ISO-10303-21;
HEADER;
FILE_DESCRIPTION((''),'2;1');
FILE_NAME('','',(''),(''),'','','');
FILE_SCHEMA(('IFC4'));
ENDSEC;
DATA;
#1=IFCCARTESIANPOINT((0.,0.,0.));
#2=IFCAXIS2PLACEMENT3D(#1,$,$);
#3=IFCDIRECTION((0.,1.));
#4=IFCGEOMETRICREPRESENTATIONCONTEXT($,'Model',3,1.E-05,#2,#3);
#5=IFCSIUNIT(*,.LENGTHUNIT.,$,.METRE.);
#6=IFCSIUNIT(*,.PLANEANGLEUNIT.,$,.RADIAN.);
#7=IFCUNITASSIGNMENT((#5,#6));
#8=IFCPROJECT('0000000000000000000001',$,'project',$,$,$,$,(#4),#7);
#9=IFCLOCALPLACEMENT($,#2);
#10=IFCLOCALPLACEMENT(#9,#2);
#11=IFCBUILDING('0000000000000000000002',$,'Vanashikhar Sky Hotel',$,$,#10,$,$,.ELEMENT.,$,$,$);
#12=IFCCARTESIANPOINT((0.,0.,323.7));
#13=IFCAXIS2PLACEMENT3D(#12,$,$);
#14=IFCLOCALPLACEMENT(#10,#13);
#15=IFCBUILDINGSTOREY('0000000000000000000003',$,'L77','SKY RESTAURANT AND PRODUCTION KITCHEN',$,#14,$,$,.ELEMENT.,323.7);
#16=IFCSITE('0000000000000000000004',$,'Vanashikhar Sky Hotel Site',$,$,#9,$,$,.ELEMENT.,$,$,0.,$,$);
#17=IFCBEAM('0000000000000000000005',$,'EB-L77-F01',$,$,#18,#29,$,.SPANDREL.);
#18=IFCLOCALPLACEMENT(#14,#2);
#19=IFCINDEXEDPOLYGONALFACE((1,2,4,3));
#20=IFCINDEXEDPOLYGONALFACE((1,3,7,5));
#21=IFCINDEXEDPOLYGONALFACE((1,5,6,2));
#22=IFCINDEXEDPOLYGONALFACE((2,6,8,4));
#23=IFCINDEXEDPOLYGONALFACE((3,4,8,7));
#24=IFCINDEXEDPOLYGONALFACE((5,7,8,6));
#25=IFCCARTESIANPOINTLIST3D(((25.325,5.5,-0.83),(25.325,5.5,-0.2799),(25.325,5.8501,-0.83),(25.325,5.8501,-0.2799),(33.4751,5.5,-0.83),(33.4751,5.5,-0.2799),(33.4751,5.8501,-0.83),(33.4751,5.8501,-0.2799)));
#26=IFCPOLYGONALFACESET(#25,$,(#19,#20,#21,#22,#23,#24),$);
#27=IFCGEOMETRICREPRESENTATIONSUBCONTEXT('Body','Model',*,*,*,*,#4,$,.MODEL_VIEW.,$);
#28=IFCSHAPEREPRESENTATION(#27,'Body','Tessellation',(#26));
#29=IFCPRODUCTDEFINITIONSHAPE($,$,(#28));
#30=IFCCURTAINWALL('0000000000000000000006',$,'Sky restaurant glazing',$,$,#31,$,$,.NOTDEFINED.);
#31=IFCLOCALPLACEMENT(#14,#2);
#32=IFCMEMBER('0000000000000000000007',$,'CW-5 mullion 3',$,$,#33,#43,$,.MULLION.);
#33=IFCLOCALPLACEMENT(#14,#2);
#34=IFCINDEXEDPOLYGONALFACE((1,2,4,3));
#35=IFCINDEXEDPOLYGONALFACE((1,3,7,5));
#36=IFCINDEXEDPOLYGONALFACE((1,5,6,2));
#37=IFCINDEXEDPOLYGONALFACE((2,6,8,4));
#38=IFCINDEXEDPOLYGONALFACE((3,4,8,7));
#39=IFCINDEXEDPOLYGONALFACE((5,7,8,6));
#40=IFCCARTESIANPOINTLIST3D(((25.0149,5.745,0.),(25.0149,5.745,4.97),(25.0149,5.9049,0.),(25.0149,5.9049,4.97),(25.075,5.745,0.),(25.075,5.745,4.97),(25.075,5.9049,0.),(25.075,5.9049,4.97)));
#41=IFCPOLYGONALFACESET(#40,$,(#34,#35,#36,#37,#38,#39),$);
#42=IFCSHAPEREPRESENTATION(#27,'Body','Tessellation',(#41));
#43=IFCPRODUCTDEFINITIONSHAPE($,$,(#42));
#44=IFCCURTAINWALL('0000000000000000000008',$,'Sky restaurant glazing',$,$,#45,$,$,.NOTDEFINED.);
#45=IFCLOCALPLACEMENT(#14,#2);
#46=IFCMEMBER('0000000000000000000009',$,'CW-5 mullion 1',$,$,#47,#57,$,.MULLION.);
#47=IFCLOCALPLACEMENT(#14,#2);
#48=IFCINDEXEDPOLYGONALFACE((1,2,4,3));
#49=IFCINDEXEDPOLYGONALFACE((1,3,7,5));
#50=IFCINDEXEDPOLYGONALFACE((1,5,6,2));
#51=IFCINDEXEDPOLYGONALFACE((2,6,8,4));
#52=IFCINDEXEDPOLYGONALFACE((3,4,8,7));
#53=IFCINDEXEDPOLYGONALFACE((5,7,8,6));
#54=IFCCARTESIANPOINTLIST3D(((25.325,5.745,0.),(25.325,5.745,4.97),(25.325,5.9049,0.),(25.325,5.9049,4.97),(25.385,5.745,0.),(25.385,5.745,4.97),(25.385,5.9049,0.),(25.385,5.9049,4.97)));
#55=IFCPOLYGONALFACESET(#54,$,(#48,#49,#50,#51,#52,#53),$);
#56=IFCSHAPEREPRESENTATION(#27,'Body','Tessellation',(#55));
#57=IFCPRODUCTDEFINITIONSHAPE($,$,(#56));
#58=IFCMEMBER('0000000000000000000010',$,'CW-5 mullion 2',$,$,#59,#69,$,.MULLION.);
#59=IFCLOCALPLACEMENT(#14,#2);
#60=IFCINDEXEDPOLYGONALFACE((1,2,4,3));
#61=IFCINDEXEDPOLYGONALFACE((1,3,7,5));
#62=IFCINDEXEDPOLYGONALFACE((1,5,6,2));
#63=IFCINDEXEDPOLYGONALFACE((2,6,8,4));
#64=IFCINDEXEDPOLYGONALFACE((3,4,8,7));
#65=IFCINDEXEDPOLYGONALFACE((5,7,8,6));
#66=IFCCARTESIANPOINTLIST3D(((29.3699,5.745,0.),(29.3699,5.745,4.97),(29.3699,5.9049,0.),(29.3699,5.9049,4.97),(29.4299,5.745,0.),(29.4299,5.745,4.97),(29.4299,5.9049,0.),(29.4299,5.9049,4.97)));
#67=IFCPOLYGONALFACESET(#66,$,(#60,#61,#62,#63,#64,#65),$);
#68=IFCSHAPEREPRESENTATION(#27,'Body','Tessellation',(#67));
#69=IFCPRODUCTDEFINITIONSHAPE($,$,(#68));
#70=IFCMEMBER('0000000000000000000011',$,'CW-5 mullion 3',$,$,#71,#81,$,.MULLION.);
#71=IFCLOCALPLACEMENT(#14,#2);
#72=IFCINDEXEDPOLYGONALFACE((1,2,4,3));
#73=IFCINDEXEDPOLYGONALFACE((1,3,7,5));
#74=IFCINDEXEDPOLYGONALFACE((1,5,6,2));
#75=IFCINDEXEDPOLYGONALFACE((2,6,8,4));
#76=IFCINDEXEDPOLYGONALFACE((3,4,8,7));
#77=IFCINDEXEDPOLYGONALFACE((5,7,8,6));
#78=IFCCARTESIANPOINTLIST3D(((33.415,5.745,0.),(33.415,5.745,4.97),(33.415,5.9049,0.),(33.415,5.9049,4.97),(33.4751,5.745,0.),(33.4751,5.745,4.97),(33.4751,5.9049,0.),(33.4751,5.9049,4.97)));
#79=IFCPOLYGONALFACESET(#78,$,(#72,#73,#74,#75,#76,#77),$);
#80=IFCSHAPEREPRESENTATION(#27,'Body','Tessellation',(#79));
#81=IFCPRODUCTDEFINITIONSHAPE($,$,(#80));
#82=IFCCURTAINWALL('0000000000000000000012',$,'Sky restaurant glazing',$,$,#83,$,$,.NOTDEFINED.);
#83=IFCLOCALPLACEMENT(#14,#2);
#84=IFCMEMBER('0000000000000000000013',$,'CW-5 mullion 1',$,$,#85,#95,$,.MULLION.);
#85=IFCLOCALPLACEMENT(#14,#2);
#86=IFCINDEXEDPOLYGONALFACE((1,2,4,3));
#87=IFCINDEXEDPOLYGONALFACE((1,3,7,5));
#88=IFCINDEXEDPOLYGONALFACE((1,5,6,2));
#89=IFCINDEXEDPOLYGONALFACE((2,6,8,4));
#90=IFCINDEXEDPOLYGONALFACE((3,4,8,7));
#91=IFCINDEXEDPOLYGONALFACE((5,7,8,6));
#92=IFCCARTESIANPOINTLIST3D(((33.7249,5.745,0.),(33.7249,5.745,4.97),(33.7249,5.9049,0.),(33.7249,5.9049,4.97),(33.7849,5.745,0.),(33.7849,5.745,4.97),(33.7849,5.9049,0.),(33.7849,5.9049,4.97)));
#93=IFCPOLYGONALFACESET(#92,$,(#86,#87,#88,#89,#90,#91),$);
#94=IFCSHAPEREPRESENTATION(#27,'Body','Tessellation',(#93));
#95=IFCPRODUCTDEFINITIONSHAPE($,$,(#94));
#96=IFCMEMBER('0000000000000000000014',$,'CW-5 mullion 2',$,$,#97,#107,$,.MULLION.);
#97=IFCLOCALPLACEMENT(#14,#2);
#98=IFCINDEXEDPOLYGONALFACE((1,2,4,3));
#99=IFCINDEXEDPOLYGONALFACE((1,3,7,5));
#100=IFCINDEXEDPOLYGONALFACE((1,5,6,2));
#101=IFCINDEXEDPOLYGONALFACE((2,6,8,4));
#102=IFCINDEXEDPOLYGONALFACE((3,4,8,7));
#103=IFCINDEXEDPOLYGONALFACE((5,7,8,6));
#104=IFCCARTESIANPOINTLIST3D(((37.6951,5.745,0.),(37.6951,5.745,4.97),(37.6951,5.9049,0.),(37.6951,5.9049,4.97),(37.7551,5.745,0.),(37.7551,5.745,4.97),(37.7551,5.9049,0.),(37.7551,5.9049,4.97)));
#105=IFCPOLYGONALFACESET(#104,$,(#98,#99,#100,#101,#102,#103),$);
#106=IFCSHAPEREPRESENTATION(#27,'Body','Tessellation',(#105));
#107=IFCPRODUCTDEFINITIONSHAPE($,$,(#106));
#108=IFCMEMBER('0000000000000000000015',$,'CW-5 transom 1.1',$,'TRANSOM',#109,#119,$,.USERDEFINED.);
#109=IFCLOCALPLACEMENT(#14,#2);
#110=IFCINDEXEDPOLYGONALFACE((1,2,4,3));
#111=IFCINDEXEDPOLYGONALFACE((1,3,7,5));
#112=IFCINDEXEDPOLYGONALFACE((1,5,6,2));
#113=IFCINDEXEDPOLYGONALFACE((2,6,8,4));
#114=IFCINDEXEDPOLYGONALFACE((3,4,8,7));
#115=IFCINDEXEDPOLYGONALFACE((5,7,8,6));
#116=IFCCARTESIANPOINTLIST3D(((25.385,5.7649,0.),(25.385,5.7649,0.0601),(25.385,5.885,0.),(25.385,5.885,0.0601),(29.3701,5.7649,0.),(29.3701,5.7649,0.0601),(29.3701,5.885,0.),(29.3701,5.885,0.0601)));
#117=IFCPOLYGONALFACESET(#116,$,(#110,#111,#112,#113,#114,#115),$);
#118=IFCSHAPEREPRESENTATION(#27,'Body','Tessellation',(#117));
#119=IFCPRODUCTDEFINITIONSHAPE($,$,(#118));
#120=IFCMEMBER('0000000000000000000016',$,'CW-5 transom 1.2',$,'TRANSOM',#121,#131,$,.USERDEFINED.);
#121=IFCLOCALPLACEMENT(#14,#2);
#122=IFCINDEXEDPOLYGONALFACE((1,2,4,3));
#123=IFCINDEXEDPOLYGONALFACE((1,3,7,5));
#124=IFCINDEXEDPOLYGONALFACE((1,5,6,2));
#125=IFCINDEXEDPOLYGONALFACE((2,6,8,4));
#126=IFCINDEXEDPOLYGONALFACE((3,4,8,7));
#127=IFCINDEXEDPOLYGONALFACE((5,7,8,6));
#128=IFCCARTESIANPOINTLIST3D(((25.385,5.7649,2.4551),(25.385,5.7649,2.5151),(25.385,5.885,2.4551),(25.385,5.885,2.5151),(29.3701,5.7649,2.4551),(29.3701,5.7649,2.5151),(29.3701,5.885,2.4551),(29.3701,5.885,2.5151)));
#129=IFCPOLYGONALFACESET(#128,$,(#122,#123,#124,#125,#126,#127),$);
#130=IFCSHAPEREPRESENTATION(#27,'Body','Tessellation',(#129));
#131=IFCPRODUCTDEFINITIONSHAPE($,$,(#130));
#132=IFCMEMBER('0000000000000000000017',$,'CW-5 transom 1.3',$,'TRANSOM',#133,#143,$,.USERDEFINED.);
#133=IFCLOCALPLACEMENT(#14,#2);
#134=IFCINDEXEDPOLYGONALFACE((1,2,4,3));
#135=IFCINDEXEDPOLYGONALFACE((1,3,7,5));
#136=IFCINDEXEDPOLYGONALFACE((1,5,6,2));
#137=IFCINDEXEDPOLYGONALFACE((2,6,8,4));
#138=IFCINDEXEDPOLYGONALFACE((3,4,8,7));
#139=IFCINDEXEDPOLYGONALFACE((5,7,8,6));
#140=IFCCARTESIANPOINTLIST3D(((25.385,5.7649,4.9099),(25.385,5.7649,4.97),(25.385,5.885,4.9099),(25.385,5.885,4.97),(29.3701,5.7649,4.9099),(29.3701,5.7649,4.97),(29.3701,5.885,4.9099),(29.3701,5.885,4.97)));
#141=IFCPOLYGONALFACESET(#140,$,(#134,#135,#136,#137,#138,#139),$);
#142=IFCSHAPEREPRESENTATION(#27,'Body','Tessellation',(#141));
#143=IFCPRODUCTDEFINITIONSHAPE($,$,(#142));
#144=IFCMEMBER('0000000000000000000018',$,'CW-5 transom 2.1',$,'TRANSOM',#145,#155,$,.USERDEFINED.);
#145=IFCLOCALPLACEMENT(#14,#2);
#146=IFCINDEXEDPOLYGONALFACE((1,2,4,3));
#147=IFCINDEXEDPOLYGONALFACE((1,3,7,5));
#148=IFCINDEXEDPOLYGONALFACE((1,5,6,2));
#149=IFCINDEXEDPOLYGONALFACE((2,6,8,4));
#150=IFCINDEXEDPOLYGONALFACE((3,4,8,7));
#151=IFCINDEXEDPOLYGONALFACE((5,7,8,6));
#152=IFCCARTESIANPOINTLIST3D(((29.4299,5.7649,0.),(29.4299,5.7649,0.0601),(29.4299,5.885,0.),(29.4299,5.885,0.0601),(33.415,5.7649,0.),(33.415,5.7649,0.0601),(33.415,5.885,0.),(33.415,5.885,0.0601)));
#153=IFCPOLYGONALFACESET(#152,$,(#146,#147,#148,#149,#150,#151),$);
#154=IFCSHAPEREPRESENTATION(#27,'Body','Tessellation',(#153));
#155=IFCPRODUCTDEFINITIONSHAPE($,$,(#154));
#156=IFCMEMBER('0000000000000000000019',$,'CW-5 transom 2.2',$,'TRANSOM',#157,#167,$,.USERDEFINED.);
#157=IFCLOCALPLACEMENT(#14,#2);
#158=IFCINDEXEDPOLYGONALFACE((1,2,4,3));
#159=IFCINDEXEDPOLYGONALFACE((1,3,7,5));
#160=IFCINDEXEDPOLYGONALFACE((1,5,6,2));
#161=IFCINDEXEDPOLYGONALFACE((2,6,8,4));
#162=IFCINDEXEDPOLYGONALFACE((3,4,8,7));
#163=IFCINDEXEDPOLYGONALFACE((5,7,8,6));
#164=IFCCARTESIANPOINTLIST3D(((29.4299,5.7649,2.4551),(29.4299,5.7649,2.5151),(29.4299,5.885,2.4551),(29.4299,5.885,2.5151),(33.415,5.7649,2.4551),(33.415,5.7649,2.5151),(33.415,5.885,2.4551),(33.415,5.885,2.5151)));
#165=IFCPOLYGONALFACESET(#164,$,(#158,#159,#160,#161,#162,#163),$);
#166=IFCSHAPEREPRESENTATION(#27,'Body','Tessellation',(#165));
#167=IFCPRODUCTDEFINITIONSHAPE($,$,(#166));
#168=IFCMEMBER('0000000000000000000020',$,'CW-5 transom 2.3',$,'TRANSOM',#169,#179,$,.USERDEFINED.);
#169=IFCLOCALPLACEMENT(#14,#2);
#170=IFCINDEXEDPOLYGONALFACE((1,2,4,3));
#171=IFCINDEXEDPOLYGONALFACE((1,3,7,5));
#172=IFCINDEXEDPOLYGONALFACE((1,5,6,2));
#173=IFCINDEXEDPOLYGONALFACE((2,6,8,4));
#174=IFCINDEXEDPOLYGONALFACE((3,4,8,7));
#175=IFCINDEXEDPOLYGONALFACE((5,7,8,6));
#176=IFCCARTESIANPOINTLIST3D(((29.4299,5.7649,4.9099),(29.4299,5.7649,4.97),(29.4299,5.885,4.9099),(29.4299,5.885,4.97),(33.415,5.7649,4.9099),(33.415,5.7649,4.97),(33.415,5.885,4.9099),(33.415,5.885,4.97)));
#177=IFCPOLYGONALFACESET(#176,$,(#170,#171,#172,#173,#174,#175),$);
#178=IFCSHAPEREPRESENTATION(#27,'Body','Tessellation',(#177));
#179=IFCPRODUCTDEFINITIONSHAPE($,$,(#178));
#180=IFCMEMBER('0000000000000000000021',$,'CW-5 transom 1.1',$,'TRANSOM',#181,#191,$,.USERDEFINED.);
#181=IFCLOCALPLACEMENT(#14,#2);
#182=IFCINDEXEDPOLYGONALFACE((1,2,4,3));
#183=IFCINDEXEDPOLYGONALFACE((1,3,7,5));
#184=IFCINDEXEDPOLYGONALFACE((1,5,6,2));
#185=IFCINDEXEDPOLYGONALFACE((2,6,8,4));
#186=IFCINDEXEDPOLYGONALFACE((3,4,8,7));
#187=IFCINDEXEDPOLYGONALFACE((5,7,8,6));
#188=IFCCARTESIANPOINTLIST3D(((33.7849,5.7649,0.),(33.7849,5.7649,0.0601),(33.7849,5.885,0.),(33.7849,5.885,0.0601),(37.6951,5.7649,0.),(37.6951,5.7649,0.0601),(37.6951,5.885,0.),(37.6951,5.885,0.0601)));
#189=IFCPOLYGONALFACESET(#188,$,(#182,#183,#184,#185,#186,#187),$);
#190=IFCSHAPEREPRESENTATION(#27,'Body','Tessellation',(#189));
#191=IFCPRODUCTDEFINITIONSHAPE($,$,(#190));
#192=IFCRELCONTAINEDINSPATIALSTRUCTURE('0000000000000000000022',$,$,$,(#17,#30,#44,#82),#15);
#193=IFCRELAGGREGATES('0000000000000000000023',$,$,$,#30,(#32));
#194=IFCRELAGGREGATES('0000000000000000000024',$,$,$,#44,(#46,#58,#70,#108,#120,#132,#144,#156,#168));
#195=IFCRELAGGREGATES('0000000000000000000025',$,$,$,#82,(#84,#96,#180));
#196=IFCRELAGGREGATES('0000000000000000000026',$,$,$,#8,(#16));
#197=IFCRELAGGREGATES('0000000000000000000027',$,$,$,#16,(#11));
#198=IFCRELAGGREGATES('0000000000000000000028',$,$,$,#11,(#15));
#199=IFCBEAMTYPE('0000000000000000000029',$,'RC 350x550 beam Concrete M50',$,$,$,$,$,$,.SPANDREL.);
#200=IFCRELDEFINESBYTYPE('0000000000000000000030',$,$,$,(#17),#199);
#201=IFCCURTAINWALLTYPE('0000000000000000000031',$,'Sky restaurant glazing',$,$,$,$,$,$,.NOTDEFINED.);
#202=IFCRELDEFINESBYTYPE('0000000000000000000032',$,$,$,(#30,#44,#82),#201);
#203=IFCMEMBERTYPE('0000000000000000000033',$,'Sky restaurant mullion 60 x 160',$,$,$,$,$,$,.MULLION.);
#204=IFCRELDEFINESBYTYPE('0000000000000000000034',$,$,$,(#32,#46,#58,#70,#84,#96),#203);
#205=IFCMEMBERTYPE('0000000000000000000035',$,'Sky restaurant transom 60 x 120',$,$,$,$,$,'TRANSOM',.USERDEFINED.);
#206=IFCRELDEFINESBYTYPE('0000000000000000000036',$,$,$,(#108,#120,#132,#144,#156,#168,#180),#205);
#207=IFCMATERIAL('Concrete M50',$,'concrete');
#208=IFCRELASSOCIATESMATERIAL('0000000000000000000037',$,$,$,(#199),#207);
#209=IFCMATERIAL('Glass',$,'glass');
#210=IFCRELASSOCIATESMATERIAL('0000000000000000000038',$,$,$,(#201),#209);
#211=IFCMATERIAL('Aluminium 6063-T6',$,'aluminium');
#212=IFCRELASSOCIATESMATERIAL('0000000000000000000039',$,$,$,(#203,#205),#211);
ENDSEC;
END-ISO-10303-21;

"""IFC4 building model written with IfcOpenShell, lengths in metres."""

from ifc_helpers import new_model, si_unit, direction, frame, origin, origin_2d, place, context, subcontext, project, spatial, rectangle, extrude, source, transform, mapped, material, material_profile, profile_set, type_object, element, aggregate, save


model = new_model("IFC4")

# Units and contexts
model_context = context("Model", 3, precision=1e-05, world=origin(), true_north=direction((0.0, 1.0)))
body_context = subcontext(model_context, "Body", "Model", "MODEL_VIEW")
ifc_project = project(units=[si_unit("LENGTHUNIT", "METRE"), si_unit("PLANEANGLEUNIT", "RADIAN")], contexts=[model_context])

# Site, building, storey
site_placement = place(None, origin())
site = spatial("IfcSite", under=ifc_project, at=site_placement, Name="Vanashikhar Sky Hotel Site", CompositionType="ELEMENT", RefElevation=0.0)
building_placement = place(site_placement, origin())
building = spatial("IfcBuilding", under=site, at=building_placement, Name="Vanashikhar Sky Hotel", CompositionType="ELEMENT")
storey_placement = place(building_placement, frame((0.0, 0.0, 323.7)))
storey = spatial("IfcBuildingStorey", under=building, at=storey_placement, Name="L77", Description="SKY RESTAURANT AND PRODUCTION KITCHEN", CompositionType="ELEMENT", Elevation=323.7)

# Beam
ifc_material_1 = material(Name="Concrete M50", Category="concrete")
ifc_material_profile_1 = material_profile(ifc_material_1, rectangle(XDim=0.3501, YDim=0.55, at=origin_2d()))
ifc_profile_set_1 = profile_set([ifc_material_profile_1], Name="RC 350x550 beam Concrete M50")
beam_type = type_object("IfcBeamType", Name="RC 350x550 beam Concrete M50", PredefinedType="SPANDREL", material=ifc_profile_set_1)
shared_shape_1 = source(origin(), body_context, "Body", "SweptSolid", [
    extrude(rectangle(XDim=0.3501, YDim=0.55, at=origin_2d()), origin(), (0.0, 0.0, 1.0), 8.1501),
])
beam_placement = place(storey_placement, frame((25.325, 5.675, -0.5549), z_axis=(1.0, 0.0, 0.0), x_axis=(0.0, 1.0, 0.0)))
element("IfcBeam", 1, at=beam_placement, inside=storey, type_object=beam_type, Name="EB-L77-F01", PredefinedType="SPANDREL", context=body_context, shape_type="MappedRepresentation", body=[
    mapped(shared_shape_1, transform((0.0, 0.0, 0.0), scale=1.0)),
])

# Curtain wall, member
ifc_material_2 = material(Name="Glass", Category="glass")
curtain_wall_type = type_object("IfcCurtainWallType", Name="Sky restaurant glazing", PredefinedType="NOTDEFINED", material=ifc_material_2)
curtain_wall_1_placement = place(storey_placement, origin())
curtain_wall_1 = element("IfcCurtainWall", 2, at=curtain_wall_1_placement, inside=storey, type_object=curtain_wall_type, Name="Sky restaurant glazing", PredefinedType="NOTDEFINED")
ifc_material_3 = material(Name="Aluminium 6063-T6", Category="aluminium")
ifc_material_profile_2 = material_profile(ifc_material_3, rectangle(XDim=0.1599, YDim=0.0601, at=origin_2d()))
ifc_profile_set_2 = profile_set([ifc_material_profile_2], Name="Aluminium 6063-T6")
member_type_1 = type_object("IfcMemberType", Name="Sky restaurant mullion 60 x 160", PredefinedType="MULLION", material=ifc_profile_set_2)
shared_shape_2 = source(origin(), body_context, "Body", "SweptSolid", [
    extrude(rectangle(XDim=0.1599, YDim=0.0601, at=origin_2d()), origin(), (0.0, 0.0, 1.0), 4.97),
])
member_1_placement = place(storey_placement, frame((25.0449, 5.825, 0.0), z_axis=(0.0, 0.0, 1.0), x_axis=(0.0, 1.0, 0.0)))
member_1 = element("IfcMember", 3, at=member_1_placement, type_object=member_type_1, Name="CW-5 mullion 3", PredefinedType="MULLION", context=body_context, shape_type="MappedRepresentation", body=[
    mapped(shared_shape_2, transform((0.0, 0.0, 0.0), scale=1.0)),
])
aggregate(curtain_wall_1, [member_1])

# Curtain walls, members
curtain_wall_2_placement = place(storey_placement, origin())
curtain_wall_2 = element("IfcCurtainWall", 4, at=curtain_wall_2_placement, inside=storey, type_object=curtain_wall_type, Name="Sky restaurant glazing", PredefinedType="NOTDEFINED")
member_2_placement = place(storey_placement, frame((25.355, 5.825, 0.0), z_axis=(0.0, 0.0, 1.0), x_axis=(0.0, 1.0, 0.0)))
member_2 = element("IfcMember", 5, at=member_2_placement, type_object=member_type_1, Name="CW-5 mullion 1", PredefinedType="MULLION", context=body_context, shape_type="MappedRepresentation", body=[
    mapped(shared_shape_2, transform((0.0, 0.0, 0.0), scale=1.0)),
])
member_3_placement = place(storey_placement, frame((29.3999, 5.825, 0.0), z_axis=(0.0, 0.0, 1.0), x_axis=(0.0, 1.0, 0.0)))
member_3 = element("IfcMember", 6, at=member_3_placement, type_object=member_type_1, Name="CW-5 mullion 2", PredefinedType="MULLION", context=body_context, shape_type="MappedRepresentation", body=[
    mapped(shared_shape_2, transform((0.0, 0.0, 0.0), scale=1.0)),
])
member_4_placement = place(storey_placement, frame((33.4451, 5.825, 0.0), z_axis=(0.0, 0.0, 1.0), x_axis=(0.0, 1.0, 0.0)))
member_4 = element("IfcMember", 7, at=member_4_placement, type_object=member_type_1, Name="CW-5 mullion 3", PredefinedType="MULLION", context=body_context, shape_type="MappedRepresentation", body=[
    mapped(shared_shape_2, transform((0.0, 0.0, 0.0), scale=1.0)),
])
curtain_wall_3_placement = place(storey_placement, origin())
curtain_wall_3 = element("IfcCurtainWall", 8, at=curtain_wall_3_placement, inside=storey, type_object=curtain_wall_type, Name="Sky restaurant glazing", PredefinedType="NOTDEFINED")
member_5_placement = place(storey_placement, frame((33.7549, 5.825, 0.0), z_axis=(0.0, 0.0, 1.0), x_axis=(0.0, 1.0, 0.0)))
member_5 = element("IfcMember", 9, at=member_5_placement, type_object=member_type_1, Name="CW-5 mullion 1", PredefinedType="MULLION", context=body_context, shape_type="MappedRepresentation", body=[
    mapped(shared_shape_2, transform((0.0, 0.0, 0.0), scale=1.0)),
])
member_6_placement = place(storey_placement, frame((37.7251, 5.825, 0.0), z_axis=(0.0, 0.0, 1.0), x_axis=(0.0, 1.0, 0.0)))
member_6 = element("IfcMember", 10, at=member_6_placement, type_object=member_type_1, Name="CW-5 mullion 2", PredefinedType="MULLION", context=body_context, shape_type="MappedRepresentation", body=[
    mapped(shared_shape_2, transform((0.0, 0.0, 0.0), scale=1.0)),
])

# Members
ifc_material_profile_3 = material_profile(ifc_material_3, rectangle(XDim=0.1201, YDim=0.0601, at=origin_2d()))
ifc_profile_set_3 = profile_set([ifc_material_profile_3], Name="Aluminium 6063-T6")
member_type_2 = type_object("IfcMemberType", Name="Sky restaurant transom 60 x 120", ElementType="TRANSOM", PredefinedType="USERDEFINED", material=ifc_profile_set_3)
shared_shape_3 = source(origin(), body_context, "Body", "SweptSolid", [
    extrude(rectangle(XDim=0.1201, YDim=0.0601, at=origin_2d()), origin(), (0.0, 0.0, 1.0), 3.9851),
])
member_7_placement = place(storey_placement, frame((25.385, 5.825, 0.03), z_axis=(1.0, 0.0, 0.0), x_axis=(0.0, 1.0, 0.0)))
member_7 = element("IfcMember", 11, at=member_7_placement, type_object=member_type_2, Name="CW-5 transom 1.1", ObjectType="TRANSOM", PredefinedType="USERDEFINED", context=body_context, shape_type="MappedRepresentation", body=[
    mapped(shared_shape_3, transform((0.0, 0.0, 0.0), scale=1.0)),
])
member_8_placement = place(storey_placement, frame((25.385, 5.825, 2.4851), z_axis=(1.0, 0.0, 0.0), x_axis=(0.0, 1.0, 0.0)))
member_8 = element("IfcMember", 12, at=member_8_placement, type_object=member_type_2, Name="CW-5 transom 1.2", ObjectType="TRANSOM", PredefinedType="USERDEFINED", context=body_context, shape_type="MappedRepresentation", body=[
    mapped(shared_shape_3, transform((0.0, 0.0, 0.0), scale=1.0)),
])
member_9_placement = place(storey_placement, frame((25.385, 5.825, 4.9399), z_axis=(1.0, 0.0, 0.0), x_axis=(0.0, 1.0, 0.0)))
member_9 = element("IfcMember", 13, at=member_9_placement, type_object=member_type_2, Name="CW-5 transom 1.3", ObjectType="TRANSOM", PredefinedType="USERDEFINED", context=body_context, shape_type="MappedRepresentation", body=[
    mapped(shared_shape_3, transform((0.0, 0.0, 0.0), scale=1.0)),
])
member_10_placement = place(storey_placement, frame((29.4299, 5.825, 0.03), z_axis=(1.0, 0.0, 0.0), x_axis=(0.0, 1.0, 0.0)))
member_10 = element("IfcMember", 14, at=member_10_placement, type_object=member_type_2, Name="CW-5 transom 2.1", ObjectType="TRANSOM", PredefinedType="USERDEFINED", context=body_context, shape_type="MappedRepresentation", body=[
    mapped(shared_shape_3, transform((0.0, 0.0, 0.0), scale=1.0)),
])
member_11_placement = place(storey_placement, frame((29.4299, 5.825, 2.4851), z_axis=(1.0, 0.0, 0.0), x_axis=(0.0, 1.0, 0.0)))
member_11 = element("IfcMember", 15, at=member_11_placement, type_object=member_type_2, Name="CW-5 transom 2.2", ObjectType="TRANSOM", PredefinedType="USERDEFINED", context=body_context, shape_type="MappedRepresentation", body=[
    mapped(shared_shape_3, transform((0.0, 0.0, 0.0), scale=1.0)),
])
member_12_placement = place(storey_placement, frame((29.4299, 5.825, 4.9399), z_axis=(1.0, 0.0, 0.0), x_axis=(0.0, 1.0, 0.0)))
member_12 = element("IfcMember", 16, at=member_12_placement, type_object=member_type_2, Name="CW-5 transom 2.3", ObjectType="TRANSOM", PredefinedType="USERDEFINED", context=body_context, shape_type="MappedRepresentation", body=[
    mapped(shared_shape_3, transform((0.0, 0.0, 0.0), scale=1.0)),
])
shared_shape_4 = source(origin(), body_context, "Body", "SweptSolid", [
    extrude(rectangle(XDim=0.1201, YDim=0.0601, at=origin_2d()), origin(), (0.0, 0.0, 1.0), 3.9102),
])
member_13_placement = place(storey_placement, frame((33.7849, 5.825, 0.03), z_axis=(1.0, 0.0, 0.0), x_axis=(0.0, 1.0, 0.0)))
member_13 = element("IfcMember", 17, at=member_13_placement, type_object=member_type_2, Name="CW-5 transom 1.1", ObjectType="TRANSOM", PredefinedType="USERDEFINED", context=body_context, shape_type="MappedRepresentation", body=[
    mapped(shared_shape_4, transform((0.0, 0.0, 0.0), scale=1.0)),
])

aggregate(curtain_wall_2, [member_2, member_3, member_4, member_7, member_8, member_9, member_10, member_11, member_12])
aggregate(curtain_wall_3, [member_5, member_6, member_13])

save(model, "model.ifc")
